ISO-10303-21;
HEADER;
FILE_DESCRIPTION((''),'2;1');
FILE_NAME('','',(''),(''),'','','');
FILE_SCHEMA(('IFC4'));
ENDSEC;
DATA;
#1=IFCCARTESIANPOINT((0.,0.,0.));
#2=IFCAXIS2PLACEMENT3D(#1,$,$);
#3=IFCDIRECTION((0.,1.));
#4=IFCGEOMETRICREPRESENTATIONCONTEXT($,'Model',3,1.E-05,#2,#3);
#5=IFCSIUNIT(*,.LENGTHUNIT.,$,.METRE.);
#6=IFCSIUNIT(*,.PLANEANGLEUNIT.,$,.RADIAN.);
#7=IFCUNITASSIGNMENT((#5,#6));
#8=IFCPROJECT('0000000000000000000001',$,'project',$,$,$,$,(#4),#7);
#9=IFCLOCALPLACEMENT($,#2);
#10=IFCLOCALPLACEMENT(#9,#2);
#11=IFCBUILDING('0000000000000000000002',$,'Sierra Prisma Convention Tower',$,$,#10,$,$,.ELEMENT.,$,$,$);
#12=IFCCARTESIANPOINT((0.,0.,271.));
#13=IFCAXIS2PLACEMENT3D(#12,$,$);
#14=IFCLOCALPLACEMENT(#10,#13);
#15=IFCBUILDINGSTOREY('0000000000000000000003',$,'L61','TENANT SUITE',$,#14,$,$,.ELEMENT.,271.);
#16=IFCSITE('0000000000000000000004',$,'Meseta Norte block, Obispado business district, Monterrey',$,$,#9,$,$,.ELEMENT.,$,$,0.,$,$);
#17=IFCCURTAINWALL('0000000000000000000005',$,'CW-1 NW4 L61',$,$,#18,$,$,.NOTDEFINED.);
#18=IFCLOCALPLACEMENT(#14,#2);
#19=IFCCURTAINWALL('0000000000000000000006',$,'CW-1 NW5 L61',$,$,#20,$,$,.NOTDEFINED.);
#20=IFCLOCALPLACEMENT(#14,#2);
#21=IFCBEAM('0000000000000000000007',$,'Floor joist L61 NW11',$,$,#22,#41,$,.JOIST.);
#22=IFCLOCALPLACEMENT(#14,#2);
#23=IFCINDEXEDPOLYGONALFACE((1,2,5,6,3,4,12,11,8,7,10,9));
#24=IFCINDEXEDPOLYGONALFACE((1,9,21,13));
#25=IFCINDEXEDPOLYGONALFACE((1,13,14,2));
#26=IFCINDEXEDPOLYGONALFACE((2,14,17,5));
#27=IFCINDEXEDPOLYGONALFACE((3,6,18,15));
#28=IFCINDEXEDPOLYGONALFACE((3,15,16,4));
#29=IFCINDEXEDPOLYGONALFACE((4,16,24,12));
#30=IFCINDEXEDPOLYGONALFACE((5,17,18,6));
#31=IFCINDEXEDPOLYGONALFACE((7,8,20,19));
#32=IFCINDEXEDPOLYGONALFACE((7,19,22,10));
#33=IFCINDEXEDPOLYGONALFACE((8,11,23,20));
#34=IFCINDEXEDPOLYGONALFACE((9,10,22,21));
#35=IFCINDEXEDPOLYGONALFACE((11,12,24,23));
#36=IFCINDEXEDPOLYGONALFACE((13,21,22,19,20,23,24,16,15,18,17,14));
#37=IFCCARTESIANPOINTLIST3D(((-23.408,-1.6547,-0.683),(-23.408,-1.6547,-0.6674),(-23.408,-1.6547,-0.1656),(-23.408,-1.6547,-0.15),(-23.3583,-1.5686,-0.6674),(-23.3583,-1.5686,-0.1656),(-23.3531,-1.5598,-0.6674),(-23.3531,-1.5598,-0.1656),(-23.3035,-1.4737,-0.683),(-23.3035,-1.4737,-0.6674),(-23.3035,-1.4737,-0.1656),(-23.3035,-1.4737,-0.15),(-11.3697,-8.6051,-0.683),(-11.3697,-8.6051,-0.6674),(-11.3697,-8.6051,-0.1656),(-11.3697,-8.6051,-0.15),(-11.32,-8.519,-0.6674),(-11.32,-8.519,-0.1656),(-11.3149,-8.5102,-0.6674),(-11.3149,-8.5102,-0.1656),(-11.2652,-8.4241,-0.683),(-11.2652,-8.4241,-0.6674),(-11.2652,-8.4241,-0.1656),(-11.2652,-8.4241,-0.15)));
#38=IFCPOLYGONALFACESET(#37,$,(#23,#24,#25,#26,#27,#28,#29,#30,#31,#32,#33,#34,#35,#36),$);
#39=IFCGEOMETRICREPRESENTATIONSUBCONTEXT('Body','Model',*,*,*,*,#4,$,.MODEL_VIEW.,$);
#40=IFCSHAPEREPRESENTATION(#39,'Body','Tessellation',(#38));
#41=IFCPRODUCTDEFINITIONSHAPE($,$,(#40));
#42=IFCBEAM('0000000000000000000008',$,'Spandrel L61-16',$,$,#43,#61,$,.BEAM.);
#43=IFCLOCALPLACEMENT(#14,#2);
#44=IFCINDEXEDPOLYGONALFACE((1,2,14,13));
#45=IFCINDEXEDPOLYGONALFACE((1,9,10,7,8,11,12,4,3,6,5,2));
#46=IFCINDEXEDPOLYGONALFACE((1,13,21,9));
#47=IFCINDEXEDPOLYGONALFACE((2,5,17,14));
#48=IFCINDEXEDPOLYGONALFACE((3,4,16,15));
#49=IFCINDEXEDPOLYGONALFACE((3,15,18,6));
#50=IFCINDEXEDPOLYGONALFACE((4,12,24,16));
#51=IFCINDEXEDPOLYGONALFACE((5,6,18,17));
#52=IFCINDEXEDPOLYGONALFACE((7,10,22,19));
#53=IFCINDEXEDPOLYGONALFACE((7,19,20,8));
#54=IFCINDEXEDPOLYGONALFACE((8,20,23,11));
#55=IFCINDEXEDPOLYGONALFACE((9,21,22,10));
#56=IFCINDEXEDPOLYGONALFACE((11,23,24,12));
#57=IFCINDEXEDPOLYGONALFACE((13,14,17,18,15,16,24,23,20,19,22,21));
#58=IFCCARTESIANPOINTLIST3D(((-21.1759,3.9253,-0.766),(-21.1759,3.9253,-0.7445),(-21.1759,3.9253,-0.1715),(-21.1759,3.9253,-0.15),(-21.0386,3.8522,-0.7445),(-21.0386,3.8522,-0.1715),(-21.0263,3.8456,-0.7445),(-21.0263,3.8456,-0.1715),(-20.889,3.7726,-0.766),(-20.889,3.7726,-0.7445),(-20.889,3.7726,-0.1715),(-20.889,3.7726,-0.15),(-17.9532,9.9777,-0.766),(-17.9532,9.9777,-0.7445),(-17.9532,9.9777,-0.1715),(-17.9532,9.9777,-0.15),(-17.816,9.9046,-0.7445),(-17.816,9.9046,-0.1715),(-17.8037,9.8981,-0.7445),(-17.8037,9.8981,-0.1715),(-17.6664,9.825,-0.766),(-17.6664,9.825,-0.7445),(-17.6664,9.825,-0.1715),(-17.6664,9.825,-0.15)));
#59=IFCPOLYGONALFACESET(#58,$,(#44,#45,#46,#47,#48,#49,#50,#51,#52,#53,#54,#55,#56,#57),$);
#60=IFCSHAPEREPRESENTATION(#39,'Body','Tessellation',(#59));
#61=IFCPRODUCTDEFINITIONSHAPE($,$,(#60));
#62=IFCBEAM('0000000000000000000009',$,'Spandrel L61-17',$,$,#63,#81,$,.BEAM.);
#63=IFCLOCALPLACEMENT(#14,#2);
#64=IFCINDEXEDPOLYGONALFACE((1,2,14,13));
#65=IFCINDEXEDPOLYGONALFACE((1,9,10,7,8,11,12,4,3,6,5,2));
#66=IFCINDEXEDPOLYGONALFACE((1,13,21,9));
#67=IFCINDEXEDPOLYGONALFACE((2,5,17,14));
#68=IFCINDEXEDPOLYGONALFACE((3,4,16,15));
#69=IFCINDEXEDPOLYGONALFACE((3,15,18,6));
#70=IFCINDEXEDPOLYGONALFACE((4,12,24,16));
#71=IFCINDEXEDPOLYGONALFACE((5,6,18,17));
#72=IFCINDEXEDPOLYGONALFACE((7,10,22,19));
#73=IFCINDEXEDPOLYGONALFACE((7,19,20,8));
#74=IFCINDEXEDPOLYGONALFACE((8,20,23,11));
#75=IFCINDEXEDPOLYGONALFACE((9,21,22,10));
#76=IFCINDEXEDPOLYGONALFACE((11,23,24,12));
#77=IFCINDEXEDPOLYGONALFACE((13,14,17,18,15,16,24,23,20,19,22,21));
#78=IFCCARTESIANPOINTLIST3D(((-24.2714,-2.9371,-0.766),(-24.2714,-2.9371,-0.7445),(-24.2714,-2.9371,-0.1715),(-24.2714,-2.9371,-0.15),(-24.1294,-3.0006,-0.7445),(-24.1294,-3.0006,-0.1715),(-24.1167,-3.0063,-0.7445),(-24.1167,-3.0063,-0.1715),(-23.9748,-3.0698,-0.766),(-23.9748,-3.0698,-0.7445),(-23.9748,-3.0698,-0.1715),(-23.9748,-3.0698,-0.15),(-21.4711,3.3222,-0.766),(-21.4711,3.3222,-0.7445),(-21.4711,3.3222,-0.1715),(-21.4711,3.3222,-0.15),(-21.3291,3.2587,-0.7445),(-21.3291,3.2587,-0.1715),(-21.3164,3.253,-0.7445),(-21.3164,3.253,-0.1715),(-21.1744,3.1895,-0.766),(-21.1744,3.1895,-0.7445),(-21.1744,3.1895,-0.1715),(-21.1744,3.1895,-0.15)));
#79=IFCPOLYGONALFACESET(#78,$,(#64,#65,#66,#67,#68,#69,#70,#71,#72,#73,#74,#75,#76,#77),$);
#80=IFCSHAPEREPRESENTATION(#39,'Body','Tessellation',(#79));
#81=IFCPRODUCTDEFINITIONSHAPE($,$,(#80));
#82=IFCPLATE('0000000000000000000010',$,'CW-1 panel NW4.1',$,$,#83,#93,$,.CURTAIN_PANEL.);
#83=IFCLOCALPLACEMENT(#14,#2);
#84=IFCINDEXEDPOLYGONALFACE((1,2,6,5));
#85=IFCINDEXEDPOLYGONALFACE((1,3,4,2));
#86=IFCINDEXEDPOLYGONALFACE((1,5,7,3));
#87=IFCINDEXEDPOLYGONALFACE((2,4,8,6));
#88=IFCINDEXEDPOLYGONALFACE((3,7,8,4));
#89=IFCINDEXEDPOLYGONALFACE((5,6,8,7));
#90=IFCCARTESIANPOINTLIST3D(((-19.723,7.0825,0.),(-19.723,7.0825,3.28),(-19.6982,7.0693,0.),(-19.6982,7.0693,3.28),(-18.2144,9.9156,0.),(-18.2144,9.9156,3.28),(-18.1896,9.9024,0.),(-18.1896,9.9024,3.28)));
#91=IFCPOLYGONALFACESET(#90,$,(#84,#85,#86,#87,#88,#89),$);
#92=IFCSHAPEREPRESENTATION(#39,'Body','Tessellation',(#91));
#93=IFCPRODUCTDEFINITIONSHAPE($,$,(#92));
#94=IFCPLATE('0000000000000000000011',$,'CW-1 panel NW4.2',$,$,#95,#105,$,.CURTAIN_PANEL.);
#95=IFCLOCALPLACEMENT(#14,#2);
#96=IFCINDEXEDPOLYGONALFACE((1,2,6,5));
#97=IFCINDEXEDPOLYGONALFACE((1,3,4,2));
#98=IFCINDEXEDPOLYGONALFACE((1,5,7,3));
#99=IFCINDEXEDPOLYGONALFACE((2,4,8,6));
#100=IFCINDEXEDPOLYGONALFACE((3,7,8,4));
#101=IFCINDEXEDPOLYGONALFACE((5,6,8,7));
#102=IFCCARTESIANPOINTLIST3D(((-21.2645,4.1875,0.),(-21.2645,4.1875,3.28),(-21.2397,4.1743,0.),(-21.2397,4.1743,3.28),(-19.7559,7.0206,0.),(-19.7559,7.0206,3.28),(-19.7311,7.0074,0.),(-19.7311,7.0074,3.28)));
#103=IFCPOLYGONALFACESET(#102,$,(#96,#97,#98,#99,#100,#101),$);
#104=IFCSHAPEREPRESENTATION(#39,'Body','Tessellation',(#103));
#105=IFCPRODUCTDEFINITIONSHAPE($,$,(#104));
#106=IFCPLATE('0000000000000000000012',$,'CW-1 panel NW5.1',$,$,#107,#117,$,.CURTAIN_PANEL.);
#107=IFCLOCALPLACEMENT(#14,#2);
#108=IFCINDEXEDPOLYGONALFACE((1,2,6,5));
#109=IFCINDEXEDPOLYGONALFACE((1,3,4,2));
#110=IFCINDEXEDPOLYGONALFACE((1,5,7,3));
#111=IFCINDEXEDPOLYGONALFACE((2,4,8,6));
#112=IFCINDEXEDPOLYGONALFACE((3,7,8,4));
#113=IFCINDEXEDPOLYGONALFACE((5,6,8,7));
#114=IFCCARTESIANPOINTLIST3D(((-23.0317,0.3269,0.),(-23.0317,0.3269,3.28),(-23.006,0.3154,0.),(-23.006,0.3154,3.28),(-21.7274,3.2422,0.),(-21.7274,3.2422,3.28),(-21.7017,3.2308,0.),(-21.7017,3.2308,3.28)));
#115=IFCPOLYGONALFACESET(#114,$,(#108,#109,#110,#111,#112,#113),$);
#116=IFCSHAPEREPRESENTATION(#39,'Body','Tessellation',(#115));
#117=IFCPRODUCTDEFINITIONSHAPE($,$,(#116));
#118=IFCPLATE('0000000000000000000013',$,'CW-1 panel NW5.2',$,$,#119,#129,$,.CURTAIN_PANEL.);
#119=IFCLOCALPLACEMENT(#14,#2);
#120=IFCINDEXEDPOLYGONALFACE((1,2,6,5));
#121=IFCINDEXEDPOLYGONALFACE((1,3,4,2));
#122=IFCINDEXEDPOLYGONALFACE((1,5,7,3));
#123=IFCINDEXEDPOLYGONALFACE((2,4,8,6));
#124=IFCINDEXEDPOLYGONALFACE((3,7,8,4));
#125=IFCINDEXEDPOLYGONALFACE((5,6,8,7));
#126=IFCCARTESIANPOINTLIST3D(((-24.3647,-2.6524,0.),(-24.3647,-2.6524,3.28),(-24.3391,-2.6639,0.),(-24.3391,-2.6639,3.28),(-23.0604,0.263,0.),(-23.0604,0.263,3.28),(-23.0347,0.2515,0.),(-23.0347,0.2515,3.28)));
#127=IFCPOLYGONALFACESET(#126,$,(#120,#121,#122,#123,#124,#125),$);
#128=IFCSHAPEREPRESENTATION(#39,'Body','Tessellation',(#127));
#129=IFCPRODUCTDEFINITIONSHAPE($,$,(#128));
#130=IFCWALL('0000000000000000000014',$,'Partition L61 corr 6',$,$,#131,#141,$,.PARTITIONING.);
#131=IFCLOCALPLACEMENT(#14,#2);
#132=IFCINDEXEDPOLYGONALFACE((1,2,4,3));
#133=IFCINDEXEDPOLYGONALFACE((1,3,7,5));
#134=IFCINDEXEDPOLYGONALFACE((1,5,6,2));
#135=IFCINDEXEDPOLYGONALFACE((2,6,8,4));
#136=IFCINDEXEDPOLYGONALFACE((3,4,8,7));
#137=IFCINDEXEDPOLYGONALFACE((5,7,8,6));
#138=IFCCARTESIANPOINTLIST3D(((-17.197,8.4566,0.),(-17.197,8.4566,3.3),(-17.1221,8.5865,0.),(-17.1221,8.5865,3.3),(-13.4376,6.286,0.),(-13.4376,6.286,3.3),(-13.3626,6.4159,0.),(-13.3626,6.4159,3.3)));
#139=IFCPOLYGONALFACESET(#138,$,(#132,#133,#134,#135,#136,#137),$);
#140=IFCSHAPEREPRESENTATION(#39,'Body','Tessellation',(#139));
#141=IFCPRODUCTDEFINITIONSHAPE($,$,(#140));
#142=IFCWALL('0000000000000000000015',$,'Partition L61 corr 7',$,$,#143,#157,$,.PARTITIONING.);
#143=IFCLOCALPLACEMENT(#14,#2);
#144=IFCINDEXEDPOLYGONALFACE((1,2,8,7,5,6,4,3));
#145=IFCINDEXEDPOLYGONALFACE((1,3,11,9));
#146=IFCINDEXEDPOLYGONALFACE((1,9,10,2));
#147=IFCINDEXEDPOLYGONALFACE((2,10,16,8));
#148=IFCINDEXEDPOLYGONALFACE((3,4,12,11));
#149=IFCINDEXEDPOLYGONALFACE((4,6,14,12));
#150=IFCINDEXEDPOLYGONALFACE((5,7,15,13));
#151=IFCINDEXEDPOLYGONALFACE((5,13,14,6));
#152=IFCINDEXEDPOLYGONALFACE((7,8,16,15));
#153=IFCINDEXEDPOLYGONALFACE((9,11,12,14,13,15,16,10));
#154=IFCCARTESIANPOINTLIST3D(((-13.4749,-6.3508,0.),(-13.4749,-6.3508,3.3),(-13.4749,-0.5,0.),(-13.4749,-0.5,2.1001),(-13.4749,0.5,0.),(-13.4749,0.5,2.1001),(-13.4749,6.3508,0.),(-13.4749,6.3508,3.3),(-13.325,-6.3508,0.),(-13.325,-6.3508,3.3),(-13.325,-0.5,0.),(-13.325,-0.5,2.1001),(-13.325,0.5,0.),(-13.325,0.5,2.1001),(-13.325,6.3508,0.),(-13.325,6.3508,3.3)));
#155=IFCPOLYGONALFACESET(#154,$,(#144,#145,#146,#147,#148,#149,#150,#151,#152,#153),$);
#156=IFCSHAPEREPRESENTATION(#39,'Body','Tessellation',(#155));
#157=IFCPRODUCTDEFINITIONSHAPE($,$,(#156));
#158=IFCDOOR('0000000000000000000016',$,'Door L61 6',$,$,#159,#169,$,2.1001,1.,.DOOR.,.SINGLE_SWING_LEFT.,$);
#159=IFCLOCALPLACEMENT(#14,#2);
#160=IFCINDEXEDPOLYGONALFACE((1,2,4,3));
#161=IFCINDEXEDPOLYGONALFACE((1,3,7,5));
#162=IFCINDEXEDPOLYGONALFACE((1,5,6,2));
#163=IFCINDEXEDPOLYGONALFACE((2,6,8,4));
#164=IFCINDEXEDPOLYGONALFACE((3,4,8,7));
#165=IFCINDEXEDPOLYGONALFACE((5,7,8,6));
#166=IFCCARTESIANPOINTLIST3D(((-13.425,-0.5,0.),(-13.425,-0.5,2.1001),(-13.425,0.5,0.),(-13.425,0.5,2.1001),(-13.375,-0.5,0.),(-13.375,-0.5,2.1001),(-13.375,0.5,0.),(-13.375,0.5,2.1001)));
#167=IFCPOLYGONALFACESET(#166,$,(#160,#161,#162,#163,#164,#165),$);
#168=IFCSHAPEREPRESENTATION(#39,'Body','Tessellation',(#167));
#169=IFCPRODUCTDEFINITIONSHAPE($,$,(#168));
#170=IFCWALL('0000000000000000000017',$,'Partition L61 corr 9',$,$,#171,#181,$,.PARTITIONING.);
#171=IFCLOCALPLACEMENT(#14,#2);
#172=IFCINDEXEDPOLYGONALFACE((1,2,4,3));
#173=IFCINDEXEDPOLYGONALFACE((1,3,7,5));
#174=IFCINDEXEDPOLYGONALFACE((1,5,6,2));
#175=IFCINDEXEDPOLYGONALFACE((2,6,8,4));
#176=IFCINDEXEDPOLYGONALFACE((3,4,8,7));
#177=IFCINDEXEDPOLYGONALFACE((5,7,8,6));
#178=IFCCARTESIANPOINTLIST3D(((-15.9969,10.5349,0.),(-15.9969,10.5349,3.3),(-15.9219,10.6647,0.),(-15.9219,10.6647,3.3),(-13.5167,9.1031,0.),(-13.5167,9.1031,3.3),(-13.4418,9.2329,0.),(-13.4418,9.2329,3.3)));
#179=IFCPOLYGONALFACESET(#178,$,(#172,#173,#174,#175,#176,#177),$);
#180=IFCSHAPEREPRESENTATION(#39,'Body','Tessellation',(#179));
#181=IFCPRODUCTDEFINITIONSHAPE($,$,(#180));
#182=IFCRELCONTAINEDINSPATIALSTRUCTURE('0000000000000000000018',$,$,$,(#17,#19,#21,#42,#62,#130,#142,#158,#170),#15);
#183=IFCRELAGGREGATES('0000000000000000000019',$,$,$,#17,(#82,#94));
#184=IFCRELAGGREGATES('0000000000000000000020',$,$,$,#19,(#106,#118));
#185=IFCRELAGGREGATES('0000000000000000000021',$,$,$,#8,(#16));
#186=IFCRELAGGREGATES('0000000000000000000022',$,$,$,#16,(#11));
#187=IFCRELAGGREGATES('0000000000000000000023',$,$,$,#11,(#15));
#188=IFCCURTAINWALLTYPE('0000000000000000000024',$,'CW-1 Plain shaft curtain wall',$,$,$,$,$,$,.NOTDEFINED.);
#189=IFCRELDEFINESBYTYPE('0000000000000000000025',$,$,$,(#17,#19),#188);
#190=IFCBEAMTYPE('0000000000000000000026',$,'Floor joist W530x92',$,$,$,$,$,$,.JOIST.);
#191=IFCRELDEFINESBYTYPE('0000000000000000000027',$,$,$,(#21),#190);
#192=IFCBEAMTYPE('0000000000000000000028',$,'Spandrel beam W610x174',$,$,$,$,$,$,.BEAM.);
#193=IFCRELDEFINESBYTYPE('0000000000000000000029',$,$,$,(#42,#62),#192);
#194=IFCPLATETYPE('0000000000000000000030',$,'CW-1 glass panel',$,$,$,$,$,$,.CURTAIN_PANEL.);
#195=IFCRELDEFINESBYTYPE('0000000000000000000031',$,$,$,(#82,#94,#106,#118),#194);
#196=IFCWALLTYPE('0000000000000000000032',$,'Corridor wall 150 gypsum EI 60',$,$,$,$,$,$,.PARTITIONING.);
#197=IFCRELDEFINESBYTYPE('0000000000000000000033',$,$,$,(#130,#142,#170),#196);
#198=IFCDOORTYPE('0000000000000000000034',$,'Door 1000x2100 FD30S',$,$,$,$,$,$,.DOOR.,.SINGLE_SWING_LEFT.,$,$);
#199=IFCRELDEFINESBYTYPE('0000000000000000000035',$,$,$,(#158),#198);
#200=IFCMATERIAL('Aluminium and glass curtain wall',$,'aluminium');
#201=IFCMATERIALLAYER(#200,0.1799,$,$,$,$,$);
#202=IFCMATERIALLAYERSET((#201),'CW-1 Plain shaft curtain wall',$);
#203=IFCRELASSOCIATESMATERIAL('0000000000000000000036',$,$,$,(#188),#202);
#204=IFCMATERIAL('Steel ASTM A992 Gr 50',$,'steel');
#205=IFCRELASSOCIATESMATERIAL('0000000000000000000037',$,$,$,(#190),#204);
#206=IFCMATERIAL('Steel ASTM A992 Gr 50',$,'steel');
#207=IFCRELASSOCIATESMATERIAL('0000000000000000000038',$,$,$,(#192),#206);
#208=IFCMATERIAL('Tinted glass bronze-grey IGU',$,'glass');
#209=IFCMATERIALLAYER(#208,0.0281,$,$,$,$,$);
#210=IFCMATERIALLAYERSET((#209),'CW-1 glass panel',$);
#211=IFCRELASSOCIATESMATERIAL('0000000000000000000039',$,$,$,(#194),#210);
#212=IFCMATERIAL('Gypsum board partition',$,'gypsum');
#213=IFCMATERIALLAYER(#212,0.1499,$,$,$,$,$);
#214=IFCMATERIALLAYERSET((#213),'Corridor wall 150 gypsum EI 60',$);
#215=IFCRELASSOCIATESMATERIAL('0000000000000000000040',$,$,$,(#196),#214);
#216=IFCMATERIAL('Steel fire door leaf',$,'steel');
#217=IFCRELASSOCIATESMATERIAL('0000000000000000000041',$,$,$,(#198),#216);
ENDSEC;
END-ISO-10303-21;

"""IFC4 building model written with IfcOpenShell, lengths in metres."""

from ifc_helpers import new_model, si_unit, direction, frame, frame_2d, origin, origin_2d, place, context, subcontext, project, spatial, rectangle, i_section, extrude, material, layer, layer_set, material_profile, profile_set, type_object, element, fill, aggregate, save


model = new_model("IFC4")

# Units and contexts
model_context = context("Model", 3, precision=1e-05, world=origin(), true_north=direction((0.0, 1.0)))
body_context = subcontext(model_context, "Body", "Model", "MODEL_VIEW")
ifc_project = project(units=[si_unit("LENGTHUNIT", "METRE"), si_unit("PLANEANGLEUNIT", "RADIAN")], contexts=[model_context])

# Site, building, storey
site_placement = place(None, origin())
site = spatial("IfcSite", under=ifc_project, at=site_placement, Name="Meseta Norte block, Obispado business district, Monterrey", CompositionType="ELEMENT", RefElevation=0.0)
building_placement = place(site_placement, origin())
building = spatial("IfcBuilding", under=site, at=building_placement, Name="Sierra Prisma Convention Tower", CompositionType="ELEMENT")
storey_placement = place(building_placement, frame((0.0, 0.0, 271.0)))
storey = spatial("IfcBuildingStorey", under=building, at=storey_placement, Name="L61", Description="TENANT SUITE", CompositionType="ELEMENT", Elevation=271.0)

# Curtain walls
ifc_material_1 = material(Name="Aluminium and glass curtain wall", Category="aluminium")
ifc_layer_1 = layer(ifc_material_1, 0.1799)
ifc_layer_set_1 = layer_set([ifc_layer_1], Name="CW-1 Plain shaft curtain wall")
curtain_wall_type = type_object("IfcCurtainWallType", Name="CW-1 Plain shaft curtain wall", PredefinedType="NOTDEFINED", material=ifc_layer_set_1)
curtain_wall_1_placement = place(storey_placement, origin())
curtain_wall_1 = element("IfcCurtainWall", 1, at=curtain_wall_1_placement, inside=storey, type_object=curtain_wall_type, Name="CW-1 NW4 L61", PredefinedType="NOTDEFINED")
curtain_wall_2_placement = place(storey_placement, origin())
curtain_wall_2 = element("IfcCurtainWall", 2, at=curtain_wall_2_placement, inside=storey, type_object=curtain_wall_type, Name="CW-1 NW5 L61", PredefinedType="NOTDEFINED")

# Beams
ifc_material_2 = material(Name="Steel ASTM A992 Gr 50", Category="steel")
ifc_material_profile_1 = material_profile(ifc_material_2, i_section(OverallWidth=0.209, OverallDepth=0.533, WebThickness=0.0103, FlangeThickness=0.0156, at=origin_2d()), Name="W530x92")
ifc_profile_set_1 = profile_set([ifc_material_profile_1], Name="Steel ASTM A992 Gr 50")
beam_type_1 = type_object("IfcBeamType", Name="Floor joist W530x92", PredefinedType="JOIST", material=ifc_profile_set_1)
beam_1_placement = place(storey_placement, frame((-23.3557, -1.5642, -0.4165), z_axis=(0.866022, -0.500006, 0.0), x_axis=(0.500006, 0.866022, 0.0)))
element("IfcBeam", 3, at=beam_1_placement, inside=storey, type_object=beam_type_1, Name="Floor joist L61 NW11", PredefinedType="JOIST", context=body_context, shape_type="SweptSolid", body=[
    extrude(i_section(OverallWidth=0.209, OverallDepth=0.533, WebThickness=0.0103, FlangeThickness=0.0156, at=origin_2d()), origin(), (0.0, 0.0, 1.0), 13.9006),
])
ifc_material_3 = material(Name="Steel ASTM A992 Gr 50", Category="steel")
ifc_material_profile_2 = material_profile(ifc_material_3, i_section(OverallWidth=0.325, OverallDepth=0.616, WebThickness=0.0139, FlangeThickness=0.0215, at=origin_2d()), Name="W610x174")
ifc_profile_set_2 = profile_set([ifc_material_profile_2], Name="Steel ASTM A992 Gr 50")
beam_type_2 = type_object("IfcBeamType", Name="Spandrel beam W610x174", PredefinedType="BEAM", material=ifc_profile_set_2)
beam_2_placement = place(storey_placement, frame((-17.8098, 9.9014, -0.458), z_axis=(-0.469982, -0.882676, 0.0), x_axis=(0.882676, -0.469982, 0.0)))
element("IfcBeam", 4, at=beam_2_placement, inside=storey, type_object=beam_type_2, Name="Spandrel L61-16", PredefinedType="BEAM", context=body_context, shape_type="SweptSolid", body=[
    extrude(i_section(OverallWidth=0.325, OverallDepth=0.616, WebThickness=0.0139, FlangeThickness=0.0215, at=origin_2d()), origin(), (0.0, 0.0, 1.0), 6.8569),
])
beam_3_placement = place(storey_placement, frame((-21.3228, 3.2559, -0.458), z_axis=(-0.408377, -0.912813, 0.0), x_axis=(0.912813, -0.408377, 0.0)))
element("IfcBeam", 5, at=beam_3_placement, inside=storey, type_object=beam_type_2, Name="Spandrel L61-17", PredefinedType="BEAM", context=body_context, shape_type="SweptSolid", body=[
    extrude(i_section(OverallWidth=0.325, OverallDepth=0.616, WebThickness=0.0139, FlangeThickness=0.0215, at=origin_2d()), origin(), (0.0, 0.0, 1.0), 6.8572),
])

# Plates
ifc_material_4 = material(Name="Tinted glass bronze-grey IGU", Category="glass")
ifc_layer_2 = layer(ifc_material_4, 0.0281)
ifc_layer_set_2 = layer_set([ifc_layer_2], Name="CW-1 glass panel")
plate_type = type_object("IfcPlateType", Name="CW-1 glass panel", PredefinedType="CURTAIN_PANEL", material=ifc_layer_set_2)
plate_1_placement = place(storey_placement, frame((-18.9563, 8.4924, 0.0), z_axis=(0.0, 0.0, 1.0), x_axis=(-0.470003, -0.882665, 0.0)))
plate_1 = element("IfcPlate", 6, at=plate_1_placement, type_object=plate_type, Name="CW-1 panel NW4.1", PredefinedType="CURTAIN_PANEL", context=body_context, shape_type="SweptSolid", body=[
    extrude(rectangle(XDim=3.2097, YDim=0.0281, at=origin_2d()), origin(), (0.0, 0.0, 1.0), 3.28),
])
plate_2_placement = place(storey_placement, frame((-20.4978, 5.5974, 0.0), z_axis=(0.0, 0.0, 1.0), x_axis=(-0.470003, -0.882665, 0.0)))
plate_2 = element("IfcPlate", 7, at=plate_2_placement, type_object=plate_type, Name="CW-1 panel NW4.2", PredefinedType="CURTAIN_PANEL", context=body_context, shape_type="SweptSolid", body=[
    extrude(rectangle(XDim=3.2097, YDim=0.0281, at=origin_2d()), origin(), (0.0, 0.0, 1.0), 3.28),
])
aggregate(curtain_wall_1, [plate_1, plate_2])
plate_3_placement = place(storey_placement, frame((-22.3667, 1.7788, 0.0), z_axis=(0.0, 0.0, 1.0), x_axis=(-0.408386, -0.912809, 0.0)))
plate_3 = element("IfcPlate", 8, at=plate_3_placement, type_object=plate_type, Name="CW-1 panel NW5.1", PredefinedType="CURTAIN_PANEL", context=body_context, shape_type="SweptSolid", body=[
    extrude(rectangle(XDim=3.1938, YDim=0.0281, at=origin_2d()), origin(), (0.0, 0.0, 1.0), 3.28),
])
plate_4_placement = place(storey_placement, frame((-23.6997, -1.2004, 0.0), z_axis=(0.0, 0.0, 1.0), x_axis=(-0.408386, -0.912809, 0.0)))
plate_4 = element("IfcPlate", 9, at=plate_4_placement, type_object=plate_type, Name="CW-1 panel NW5.2", PredefinedType="CURTAIN_PANEL", context=body_context, shape_type="SweptSolid", body=[
    extrude(rectangle(XDim=3.1938, YDim=0.0281, at=origin_2d()), origin(), (0.0, 0.0, 1.0), 3.28),
])
aggregate(curtain_wall_2, [plate_3, plate_4])

# Wall
ifc_material_5 = material(Name="Gypsum board partition", Category="gypsum")
ifc_layer_3 = layer(ifc_material_5, 0.1499)
ifc_layer_set_3 = layer_set([ifc_layer_3], Name="Corridor wall 150 gypsum EI 60")
wall_type_1 = type_object("IfcWallType", Name="Corridor wall 150 gypsum EI 60", PredefinedType="PARTITIONING", material=ifc_layer_set_3)
wall_1_placement = place(storey_placement, frame((-17.1594, 8.5215, 0.0), z_axis=(0.0, 0.0, 1.0), x_axis=(0.866016, -0.500016, 0.0)))
element("IfcWall", 10, at=wall_1_placement, inside=storey, type_object=wall_type_1, Name="Partition L61 corr 6", PredefinedType="PARTITIONING", context=body_context, shape_type="SweptSolid", body=[
    extrude(rectangle(XDim=4.3411, YDim=0.1499, at=frame_2d((2.1704, 0.0))), origin(), (0.0, 0.0, 1.0), 3.3),
])

# Wall, opening, door
wall_2_placement = place(storey_placement, frame((-13.3999, 6.3508, 0.0), z_axis=(0.0, 0.0, 1.0), x_axis=(0.0, -1.0, 0.0)))
wall_2 = element("IfcWall", 11, at=wall_2_placement, inside=storey, type_object=wall_type_1, Name="Partition L61 corr 7", PredefinedType="PARTITIONING", context=body_context, shape_type="SweptSolid", body=[
    extrude(rectangle(XDim=12.7017, YDim=0.1499, at=frame_2d((6.3508, 0.0))), origin(), (0.0, 0.0, 1.0), 3.3),
])
opening_placement = place(wall_2_placement, frame((5.8508, 0.0, 0.0)))
opening = element("IfcOpeningElement", 12, at=opening_placement, cuts=wall_2, PredefinedType="OPENING", context=body_context, shape_type="SweptSolid", body=[
    extrude(rectangle(XDim=1.0, YDim=2.1001, at=frame_2d((0.5, 1.05))), frame((0.0, 0.075, 0.0), z_axis=(0.0, -1.0, 0.0), x_axis=(1.0, 0.0, 0.0)), (0.0, 0.0, 1.0), 0.1499),
])
ifc_material_6 = material(Name="Steel fire door leaf", Category="steel")
door_type = type_object("IfcDoorType", Name="Door 1000x2100 FD30S", OperationType="SINGLE_SWING_LEFT", PredefinedType="DOOR", material=ifc_material_6)
door_placement = place(opening_placement, origin())
door = element("IfcDoor", 13, at=door_placement, inside=storey, type_object=door_type, Name="Door L61 6", OperationType="SINGLE_SWING_LEFT", OverallHeight=2.1001, OverallWidth=1.0, PredefinedType="DOOR", context=body_context, shape_type="SweptSolid", body=[
    extrude(rectangle(XDim=1.0, YDim=2.1001, at=frame_2d((0.5, 1.05))), frame((0.0, 0.0249, 0.0), z_axis=(0.0, -1.0, 0.0), x_axis=(1.0, 0.0, 0.0)), (0.0, 0.0, 1.0), 0.05),
])
fill(opening, door)

# Wall
wall_3_placement = place(storey_placement, frame((-13.4792, 9.168, 0.0), z_axis=(0.0, 0.0, 1.0), x_axis=(-0.866037, 0.499981, 0.0)))
element("IfcWall", 14, at=wall_3_placement, inside=storey, type_object=wall_type_1, Name="Partition L61 corr 9", PredefinedType="PARTITIONING", context=body_context, shape_type="SweptSolid", body=[
    extrude(rectangle(XDim=2.8638, YDim=0.1499, at=frame_2d((1.4319, 0.0))), origin(), (0.0, 0.0, 1.0), 3.3),
])

save(model, "model.ifc")
